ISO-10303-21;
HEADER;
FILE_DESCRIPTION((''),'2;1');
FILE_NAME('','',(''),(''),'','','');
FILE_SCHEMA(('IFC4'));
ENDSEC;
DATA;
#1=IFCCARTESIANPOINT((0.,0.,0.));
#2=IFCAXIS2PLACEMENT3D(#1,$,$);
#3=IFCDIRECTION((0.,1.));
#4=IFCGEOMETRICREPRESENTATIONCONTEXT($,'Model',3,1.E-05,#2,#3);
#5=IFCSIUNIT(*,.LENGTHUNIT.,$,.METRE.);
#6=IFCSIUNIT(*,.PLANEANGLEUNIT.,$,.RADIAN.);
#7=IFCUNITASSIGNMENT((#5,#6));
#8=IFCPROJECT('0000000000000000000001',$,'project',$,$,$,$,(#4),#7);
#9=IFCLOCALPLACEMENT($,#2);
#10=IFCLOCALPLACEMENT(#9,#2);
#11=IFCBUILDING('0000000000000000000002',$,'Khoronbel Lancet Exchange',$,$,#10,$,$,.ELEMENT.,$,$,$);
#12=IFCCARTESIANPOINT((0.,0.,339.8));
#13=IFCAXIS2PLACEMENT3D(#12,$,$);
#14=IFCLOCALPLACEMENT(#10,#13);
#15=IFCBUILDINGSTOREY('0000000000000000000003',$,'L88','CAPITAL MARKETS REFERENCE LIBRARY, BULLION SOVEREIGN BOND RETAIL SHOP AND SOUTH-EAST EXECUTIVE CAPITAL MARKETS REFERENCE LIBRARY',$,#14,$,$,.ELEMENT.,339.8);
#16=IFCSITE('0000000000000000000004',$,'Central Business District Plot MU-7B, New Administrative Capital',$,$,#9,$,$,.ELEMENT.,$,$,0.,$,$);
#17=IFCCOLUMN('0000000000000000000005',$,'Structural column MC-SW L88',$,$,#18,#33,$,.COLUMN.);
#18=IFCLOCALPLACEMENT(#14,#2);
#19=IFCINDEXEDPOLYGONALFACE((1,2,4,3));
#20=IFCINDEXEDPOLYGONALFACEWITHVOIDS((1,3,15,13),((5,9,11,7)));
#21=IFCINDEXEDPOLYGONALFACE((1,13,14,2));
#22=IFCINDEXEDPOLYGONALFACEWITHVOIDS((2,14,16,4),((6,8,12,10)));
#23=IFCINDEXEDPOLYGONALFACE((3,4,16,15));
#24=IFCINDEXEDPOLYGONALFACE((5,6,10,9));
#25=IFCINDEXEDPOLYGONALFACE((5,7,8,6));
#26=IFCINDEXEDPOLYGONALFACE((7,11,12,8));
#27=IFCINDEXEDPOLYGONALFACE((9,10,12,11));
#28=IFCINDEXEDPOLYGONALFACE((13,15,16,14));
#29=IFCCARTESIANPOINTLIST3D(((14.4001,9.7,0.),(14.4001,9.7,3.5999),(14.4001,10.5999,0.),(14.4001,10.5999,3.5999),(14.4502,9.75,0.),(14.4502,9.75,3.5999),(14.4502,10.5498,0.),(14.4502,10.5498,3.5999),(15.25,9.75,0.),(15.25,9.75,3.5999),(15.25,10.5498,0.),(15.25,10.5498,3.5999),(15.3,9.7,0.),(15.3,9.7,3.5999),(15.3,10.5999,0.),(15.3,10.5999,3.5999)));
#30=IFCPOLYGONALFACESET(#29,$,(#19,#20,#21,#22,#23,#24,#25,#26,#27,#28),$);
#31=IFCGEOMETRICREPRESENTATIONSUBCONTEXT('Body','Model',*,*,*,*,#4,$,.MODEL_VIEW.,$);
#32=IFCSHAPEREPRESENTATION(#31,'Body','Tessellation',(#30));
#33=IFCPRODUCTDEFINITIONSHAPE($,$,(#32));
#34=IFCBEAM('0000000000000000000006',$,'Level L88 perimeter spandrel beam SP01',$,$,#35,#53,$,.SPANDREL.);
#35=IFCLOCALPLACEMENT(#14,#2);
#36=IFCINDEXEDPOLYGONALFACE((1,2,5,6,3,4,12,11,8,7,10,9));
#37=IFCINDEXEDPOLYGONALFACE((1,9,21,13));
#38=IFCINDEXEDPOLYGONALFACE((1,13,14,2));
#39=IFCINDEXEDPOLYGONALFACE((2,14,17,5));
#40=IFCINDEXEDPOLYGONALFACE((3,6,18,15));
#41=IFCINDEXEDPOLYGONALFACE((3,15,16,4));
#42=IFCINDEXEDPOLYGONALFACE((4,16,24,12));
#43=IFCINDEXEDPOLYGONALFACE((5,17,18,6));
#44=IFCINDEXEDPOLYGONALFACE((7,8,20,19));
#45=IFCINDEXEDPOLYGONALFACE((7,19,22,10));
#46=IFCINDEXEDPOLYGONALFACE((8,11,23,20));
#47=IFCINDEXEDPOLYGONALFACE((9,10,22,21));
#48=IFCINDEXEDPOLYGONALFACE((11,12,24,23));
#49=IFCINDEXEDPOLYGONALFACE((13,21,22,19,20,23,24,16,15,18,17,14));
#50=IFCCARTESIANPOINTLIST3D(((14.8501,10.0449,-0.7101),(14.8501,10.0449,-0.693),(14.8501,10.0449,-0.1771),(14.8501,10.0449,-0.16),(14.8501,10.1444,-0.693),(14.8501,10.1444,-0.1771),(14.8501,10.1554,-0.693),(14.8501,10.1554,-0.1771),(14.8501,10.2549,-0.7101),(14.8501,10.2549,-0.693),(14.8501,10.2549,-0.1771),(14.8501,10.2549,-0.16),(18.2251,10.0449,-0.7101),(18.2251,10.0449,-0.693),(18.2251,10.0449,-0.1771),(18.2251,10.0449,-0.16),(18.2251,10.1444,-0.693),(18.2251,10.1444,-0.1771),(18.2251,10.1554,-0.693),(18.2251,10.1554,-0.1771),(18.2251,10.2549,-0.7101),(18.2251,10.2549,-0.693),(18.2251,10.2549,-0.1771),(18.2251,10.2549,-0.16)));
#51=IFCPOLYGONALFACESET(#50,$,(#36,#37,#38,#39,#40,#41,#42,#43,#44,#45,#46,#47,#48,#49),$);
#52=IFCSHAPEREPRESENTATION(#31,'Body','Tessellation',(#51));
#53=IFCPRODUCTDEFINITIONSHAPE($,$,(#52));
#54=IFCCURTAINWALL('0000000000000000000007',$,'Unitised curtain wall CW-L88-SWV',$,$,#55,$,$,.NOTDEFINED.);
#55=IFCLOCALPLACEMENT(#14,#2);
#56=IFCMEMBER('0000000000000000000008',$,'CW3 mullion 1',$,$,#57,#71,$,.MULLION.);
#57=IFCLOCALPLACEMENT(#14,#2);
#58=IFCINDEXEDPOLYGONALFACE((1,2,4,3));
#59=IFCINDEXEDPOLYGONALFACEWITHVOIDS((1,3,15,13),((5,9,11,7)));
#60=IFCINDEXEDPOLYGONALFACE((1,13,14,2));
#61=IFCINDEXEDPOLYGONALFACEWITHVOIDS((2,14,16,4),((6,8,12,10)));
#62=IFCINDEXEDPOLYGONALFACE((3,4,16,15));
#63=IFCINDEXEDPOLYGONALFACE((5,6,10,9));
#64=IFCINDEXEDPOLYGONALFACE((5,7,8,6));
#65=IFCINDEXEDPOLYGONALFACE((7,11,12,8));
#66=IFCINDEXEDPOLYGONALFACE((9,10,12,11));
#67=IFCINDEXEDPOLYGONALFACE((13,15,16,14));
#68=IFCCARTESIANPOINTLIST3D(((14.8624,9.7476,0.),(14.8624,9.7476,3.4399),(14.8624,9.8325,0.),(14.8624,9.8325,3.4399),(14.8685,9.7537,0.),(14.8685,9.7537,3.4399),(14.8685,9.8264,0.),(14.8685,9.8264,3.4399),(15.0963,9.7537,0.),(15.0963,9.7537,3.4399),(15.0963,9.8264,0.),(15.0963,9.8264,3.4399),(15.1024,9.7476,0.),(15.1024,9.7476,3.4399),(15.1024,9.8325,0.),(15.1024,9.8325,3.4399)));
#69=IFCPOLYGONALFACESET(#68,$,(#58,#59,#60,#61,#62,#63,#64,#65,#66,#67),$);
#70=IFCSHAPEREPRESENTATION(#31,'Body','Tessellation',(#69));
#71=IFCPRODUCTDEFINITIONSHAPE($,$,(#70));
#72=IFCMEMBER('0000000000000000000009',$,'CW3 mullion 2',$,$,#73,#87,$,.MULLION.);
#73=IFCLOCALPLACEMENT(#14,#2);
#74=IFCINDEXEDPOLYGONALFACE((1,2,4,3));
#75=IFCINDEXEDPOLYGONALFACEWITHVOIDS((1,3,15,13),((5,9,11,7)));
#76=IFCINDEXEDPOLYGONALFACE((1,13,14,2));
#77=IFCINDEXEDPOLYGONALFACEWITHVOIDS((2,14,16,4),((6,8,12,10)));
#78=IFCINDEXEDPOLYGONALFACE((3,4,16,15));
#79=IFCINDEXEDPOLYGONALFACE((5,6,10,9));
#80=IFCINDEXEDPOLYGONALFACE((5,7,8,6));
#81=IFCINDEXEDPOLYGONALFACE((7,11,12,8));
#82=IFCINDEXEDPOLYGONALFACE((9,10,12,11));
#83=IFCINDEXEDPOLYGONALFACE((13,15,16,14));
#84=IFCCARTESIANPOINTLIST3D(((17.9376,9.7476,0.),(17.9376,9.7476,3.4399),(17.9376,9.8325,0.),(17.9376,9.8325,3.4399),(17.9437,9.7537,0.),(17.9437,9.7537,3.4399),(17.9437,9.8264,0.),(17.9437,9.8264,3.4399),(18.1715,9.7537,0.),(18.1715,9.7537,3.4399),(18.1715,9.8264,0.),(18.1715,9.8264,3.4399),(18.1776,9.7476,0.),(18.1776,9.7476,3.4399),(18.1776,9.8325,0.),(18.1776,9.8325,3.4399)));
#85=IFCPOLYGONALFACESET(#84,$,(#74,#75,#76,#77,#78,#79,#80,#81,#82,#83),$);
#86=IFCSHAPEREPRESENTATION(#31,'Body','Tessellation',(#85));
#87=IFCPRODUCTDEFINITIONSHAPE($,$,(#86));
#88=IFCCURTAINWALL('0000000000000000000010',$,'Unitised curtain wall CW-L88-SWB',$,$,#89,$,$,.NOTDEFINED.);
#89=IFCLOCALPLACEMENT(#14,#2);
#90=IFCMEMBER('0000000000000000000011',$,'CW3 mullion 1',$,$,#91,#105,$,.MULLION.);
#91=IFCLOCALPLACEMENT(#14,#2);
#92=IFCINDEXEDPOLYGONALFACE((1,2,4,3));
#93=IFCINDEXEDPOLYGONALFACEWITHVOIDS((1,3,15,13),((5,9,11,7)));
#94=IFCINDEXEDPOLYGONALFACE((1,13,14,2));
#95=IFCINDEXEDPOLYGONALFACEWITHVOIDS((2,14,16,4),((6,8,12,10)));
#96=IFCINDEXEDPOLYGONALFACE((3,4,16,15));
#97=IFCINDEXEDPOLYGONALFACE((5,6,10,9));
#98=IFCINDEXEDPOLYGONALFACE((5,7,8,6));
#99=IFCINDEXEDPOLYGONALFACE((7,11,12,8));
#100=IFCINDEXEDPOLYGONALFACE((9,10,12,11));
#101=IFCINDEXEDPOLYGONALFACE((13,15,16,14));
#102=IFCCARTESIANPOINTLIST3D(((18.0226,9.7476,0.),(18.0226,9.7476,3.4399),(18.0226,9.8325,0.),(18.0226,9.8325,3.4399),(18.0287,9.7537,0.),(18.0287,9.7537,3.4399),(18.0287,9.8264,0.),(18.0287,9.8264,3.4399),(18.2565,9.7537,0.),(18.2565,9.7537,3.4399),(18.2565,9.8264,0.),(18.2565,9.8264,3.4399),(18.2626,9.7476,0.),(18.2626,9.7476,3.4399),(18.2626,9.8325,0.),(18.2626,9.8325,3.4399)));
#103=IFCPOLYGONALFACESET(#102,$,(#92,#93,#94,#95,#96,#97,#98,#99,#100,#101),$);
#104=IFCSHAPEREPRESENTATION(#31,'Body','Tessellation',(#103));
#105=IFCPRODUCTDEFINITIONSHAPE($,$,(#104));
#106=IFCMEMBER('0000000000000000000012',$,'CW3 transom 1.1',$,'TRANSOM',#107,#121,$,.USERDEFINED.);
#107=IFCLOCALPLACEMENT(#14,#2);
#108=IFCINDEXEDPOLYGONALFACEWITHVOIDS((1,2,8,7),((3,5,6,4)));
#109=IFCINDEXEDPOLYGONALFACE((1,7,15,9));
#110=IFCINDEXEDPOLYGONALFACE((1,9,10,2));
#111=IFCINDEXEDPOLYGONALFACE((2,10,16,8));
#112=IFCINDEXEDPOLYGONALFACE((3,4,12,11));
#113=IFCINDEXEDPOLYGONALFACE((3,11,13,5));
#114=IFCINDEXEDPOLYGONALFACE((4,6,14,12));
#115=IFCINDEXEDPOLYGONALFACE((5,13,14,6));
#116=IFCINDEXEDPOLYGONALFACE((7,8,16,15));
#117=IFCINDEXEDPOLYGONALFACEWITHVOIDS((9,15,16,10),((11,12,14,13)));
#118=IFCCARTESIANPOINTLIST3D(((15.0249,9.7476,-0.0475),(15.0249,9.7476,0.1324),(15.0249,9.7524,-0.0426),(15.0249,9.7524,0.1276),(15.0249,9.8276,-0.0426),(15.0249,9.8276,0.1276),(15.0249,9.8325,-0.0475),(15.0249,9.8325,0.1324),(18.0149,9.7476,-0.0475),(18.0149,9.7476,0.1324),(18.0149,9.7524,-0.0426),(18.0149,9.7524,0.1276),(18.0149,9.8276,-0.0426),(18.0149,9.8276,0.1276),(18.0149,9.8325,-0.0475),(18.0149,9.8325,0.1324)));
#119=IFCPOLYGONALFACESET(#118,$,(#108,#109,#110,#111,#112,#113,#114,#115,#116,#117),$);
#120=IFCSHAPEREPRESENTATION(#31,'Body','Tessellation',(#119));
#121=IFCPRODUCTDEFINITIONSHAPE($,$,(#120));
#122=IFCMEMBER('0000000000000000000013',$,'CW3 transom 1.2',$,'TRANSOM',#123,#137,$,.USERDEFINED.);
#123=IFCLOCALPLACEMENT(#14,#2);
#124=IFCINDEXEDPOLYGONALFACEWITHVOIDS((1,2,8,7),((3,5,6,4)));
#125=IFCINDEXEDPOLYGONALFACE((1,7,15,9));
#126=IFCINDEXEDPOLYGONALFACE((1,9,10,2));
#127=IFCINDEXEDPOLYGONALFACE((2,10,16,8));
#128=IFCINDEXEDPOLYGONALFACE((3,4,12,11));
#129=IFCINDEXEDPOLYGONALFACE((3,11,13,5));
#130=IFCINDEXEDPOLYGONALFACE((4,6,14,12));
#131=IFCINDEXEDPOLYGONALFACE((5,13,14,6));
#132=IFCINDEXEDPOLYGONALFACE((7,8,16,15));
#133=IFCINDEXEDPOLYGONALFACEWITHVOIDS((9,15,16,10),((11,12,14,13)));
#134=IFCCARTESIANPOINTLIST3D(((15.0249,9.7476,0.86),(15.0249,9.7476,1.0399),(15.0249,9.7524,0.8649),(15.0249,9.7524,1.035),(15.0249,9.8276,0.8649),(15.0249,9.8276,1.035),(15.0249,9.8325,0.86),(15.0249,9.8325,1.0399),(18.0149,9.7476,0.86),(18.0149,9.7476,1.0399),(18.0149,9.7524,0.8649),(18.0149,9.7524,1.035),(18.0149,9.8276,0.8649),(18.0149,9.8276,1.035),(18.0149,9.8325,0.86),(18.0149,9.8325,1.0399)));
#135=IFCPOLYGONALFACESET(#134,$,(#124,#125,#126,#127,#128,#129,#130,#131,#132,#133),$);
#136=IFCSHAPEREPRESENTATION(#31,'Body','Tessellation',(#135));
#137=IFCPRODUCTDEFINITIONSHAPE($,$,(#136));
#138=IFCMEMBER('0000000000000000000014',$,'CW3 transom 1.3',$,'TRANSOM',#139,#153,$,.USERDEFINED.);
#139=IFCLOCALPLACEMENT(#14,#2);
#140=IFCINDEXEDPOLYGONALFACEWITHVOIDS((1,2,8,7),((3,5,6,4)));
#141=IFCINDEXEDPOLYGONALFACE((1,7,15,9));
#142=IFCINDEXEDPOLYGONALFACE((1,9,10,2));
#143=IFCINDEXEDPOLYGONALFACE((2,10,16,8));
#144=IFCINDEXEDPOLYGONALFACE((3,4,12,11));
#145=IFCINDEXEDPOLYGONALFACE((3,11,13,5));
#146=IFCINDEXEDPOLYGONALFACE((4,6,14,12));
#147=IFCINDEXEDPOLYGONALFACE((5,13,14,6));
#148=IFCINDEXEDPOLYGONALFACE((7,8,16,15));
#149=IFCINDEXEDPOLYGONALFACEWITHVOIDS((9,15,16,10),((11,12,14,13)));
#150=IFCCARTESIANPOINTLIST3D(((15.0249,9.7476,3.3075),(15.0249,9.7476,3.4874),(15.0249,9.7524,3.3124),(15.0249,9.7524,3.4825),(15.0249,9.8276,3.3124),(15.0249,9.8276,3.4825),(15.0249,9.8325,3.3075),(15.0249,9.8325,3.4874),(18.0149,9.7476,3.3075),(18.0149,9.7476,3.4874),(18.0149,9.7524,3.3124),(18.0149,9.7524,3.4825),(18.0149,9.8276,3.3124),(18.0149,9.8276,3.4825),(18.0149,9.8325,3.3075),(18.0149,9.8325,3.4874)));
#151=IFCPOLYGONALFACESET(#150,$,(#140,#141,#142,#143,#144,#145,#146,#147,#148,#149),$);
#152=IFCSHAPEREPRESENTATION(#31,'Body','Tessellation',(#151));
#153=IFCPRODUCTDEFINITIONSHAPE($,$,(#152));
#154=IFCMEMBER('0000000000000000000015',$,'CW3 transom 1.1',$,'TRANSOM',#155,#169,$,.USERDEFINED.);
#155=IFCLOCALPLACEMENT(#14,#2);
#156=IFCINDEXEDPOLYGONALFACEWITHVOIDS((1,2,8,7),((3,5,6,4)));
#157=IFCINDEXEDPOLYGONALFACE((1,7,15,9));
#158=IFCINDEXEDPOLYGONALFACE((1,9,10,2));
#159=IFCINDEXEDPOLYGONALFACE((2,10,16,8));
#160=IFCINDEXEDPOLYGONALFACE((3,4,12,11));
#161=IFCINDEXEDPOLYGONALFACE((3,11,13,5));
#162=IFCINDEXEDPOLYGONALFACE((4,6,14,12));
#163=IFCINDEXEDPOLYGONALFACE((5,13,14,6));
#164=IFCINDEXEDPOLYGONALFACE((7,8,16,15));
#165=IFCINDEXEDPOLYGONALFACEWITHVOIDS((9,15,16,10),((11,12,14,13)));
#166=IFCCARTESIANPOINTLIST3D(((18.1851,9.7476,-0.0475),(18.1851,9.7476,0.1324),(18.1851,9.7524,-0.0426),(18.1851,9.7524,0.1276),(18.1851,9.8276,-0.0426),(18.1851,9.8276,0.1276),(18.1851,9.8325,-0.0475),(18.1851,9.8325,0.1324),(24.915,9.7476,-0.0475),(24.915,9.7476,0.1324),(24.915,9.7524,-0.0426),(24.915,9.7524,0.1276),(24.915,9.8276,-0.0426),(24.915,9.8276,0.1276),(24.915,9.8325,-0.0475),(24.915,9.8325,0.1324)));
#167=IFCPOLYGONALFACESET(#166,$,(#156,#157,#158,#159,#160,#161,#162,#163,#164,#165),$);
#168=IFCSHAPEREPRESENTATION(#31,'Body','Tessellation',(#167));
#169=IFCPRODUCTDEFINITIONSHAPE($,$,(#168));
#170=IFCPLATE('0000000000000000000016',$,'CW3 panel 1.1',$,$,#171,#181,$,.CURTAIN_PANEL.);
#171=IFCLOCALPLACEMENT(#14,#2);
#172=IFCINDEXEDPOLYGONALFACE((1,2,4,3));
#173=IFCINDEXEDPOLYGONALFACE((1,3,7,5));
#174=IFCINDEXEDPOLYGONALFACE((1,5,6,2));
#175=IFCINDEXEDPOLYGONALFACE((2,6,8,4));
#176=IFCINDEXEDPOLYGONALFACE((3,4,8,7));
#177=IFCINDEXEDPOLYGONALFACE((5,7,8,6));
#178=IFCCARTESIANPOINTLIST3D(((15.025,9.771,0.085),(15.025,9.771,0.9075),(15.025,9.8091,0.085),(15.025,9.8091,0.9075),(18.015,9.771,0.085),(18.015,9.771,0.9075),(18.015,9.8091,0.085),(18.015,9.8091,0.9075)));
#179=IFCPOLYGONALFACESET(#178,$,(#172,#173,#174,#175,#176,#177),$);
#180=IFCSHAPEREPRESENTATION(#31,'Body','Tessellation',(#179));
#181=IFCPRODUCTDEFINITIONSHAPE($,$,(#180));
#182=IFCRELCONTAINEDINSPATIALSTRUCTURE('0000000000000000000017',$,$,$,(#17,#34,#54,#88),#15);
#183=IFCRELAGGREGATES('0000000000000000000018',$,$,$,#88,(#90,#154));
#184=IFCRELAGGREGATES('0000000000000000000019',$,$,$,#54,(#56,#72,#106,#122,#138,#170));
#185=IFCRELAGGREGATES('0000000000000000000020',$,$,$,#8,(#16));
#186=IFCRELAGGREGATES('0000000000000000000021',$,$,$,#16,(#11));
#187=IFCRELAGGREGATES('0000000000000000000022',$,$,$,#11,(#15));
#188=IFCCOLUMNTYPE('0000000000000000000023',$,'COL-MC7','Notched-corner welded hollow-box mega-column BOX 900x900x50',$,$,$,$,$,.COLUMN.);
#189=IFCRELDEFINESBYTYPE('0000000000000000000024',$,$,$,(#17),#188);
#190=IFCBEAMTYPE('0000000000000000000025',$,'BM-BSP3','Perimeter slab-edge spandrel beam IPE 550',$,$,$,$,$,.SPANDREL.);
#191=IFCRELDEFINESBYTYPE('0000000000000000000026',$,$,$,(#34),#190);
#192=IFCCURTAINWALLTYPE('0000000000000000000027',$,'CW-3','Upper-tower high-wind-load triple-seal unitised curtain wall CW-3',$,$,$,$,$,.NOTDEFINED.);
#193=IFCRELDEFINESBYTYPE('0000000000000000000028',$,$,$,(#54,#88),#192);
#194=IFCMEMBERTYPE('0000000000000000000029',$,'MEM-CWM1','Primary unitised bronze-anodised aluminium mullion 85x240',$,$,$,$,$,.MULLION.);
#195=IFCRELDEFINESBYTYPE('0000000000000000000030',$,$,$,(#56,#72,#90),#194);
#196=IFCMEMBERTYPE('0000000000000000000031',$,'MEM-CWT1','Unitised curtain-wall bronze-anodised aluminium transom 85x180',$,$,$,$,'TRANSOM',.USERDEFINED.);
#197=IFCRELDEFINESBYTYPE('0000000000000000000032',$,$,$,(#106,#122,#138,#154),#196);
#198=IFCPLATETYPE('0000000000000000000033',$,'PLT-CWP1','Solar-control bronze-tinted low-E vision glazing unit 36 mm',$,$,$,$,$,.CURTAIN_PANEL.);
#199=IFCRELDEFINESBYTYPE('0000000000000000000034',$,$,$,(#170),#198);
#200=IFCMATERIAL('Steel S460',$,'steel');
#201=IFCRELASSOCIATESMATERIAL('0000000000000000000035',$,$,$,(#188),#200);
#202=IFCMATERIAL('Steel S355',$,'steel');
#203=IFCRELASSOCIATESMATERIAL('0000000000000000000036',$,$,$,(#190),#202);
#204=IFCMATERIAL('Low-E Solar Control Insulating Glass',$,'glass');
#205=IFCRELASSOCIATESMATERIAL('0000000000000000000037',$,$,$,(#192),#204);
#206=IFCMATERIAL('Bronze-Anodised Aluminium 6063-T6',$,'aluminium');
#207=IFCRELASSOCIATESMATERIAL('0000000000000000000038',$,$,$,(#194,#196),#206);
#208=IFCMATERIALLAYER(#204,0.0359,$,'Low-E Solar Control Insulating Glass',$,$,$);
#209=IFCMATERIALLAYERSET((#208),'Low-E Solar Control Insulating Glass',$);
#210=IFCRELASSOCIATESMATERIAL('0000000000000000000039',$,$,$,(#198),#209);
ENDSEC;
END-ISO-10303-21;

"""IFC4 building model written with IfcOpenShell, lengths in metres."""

from ifc_helpers import new_model, si_unit, direction, frame, origin, origin_2d, place, context, subcontext, project, spatial, rectangle, hollow_rectangle, i_section, extrude, material, layer, layer_set, material_profile, profile_set, type_object, element, aggregate, save


model = new_model("IFC4")

# Units and contexts
model_context = context("Model", 3, precision=1e-05, world=origin(), true_north=direction((0.0, 1.0)))
body_context = subcontext(model_context, "Body", "Model", "MODEL_VIEW")
ifc_project = project(units=[si_unit("LENGTHUNIT", "METRE"), si_unit("PLANEANGLEUNIT", "RADIAN")], contexts=[model_context])

# Site, building, storey
site_placement = place(None, origin())
site = spatial("IfcSite", under=ifc_project, at=site_placement, Name="Central Business District Plot MU-7B, New Administrative Capital", CompositionType="ELEMENT", RefElevation=0.0)
building_placement = place(site_placement, origin())
building = spatial("IfcBuilding", under=site, at=building_placement, Name="Khoronbel Lancet Exchange", CompositionType="ELEMENT")
storey_placement = place(building_placement, frame((0.0, 0.0, 339.8)))
storey = spatial("IfcBuildingStorey", under=building, at=storey_placement, Name="L88", Description="CAPITAL MARKETS REFERENCE LIBRARY, BULLION SOVEREIGN BOND RETAIL SHOP AND SOUTH-EAST EXECUTIVE CAPITAL MARKETS REFERENCE LIBRARY", CompositionType="ELEMENT", Elevation=339.8)

# Column
ifc_material_1 = material(Name="Steel S460", Category="steel")
ifc_material_profile_1 = material_profile(ifc_material_1, hollow_rectangle(XDim=0.8999, YDim=0.8999, WallThickness=0.05, at=origin_2d()), Name="BOX 900x900x50")
ifc_profile_set_1 = profile_set([ifc_material_profile_1], Name="Steel S460")
column_type = type_object("IfcColumnType", Name="COL-MC7", Description="Notched-corner welded hollow-box mega-column BOX 900x900x50", PredefinedType="COLUMN", material=ifc_profile_set_1)
column_placement = place(storey_placement, frame((14.8501, 10.1499, 0.0), z_axis=(0.0, 0.0, 1.0), x_axis=(1.0, 0.0, 0.0)))
element("IfcColumn", 1, at=column_placement, inside=storey, type_object=column_type, Name="Structural column MC-SW L88", PredefinedType="COLUMN", context=body_context, shape_type="SweptSolid", body=[
    extrude(hollow_rectangle(XDim=0.8999, YDim=0.8999, WallThickness=0.05, at=origin_2d()), origin(), (0.0, 0.0, 1.0), 3.5999),
])

# Beam
ifc_material_2 = material(Name="Steel S355", Category="steel")
ifc_material_profile_2 = material_profile(ifc_material_2, i_section(OverallWidth=0.21, OverallDepth=0.55, WebThickness=0.011, FlangeThickness=0.0171, at=origin_2d()), Name="IPE 550")
ifc_profile_set_2 = profile_set([ifc_material_profile_2], Name="Steel S355")
beam_type = type_object("IfcBeamType", Name="BM-BSP3", Description="Perimeter slab-edge spandrel beam IPE 550", PredefinedType="SPANDREL", material=ifc_profile_set_2)
beam_placement = place(storey_placement, frame((14.8501, 10.1499, -0.4351), z_axis=(1.0, 0.0, 0.0), x_axis=(0.0, 1.0, 0.0)))
element("IfcBeam", 2, at=beam_placement, inside=storey, type_object=beam_type, Name="Level L88 perimeter spandrel beam SP01", PredefinedType="SPANDREL", context=body_context, shape_type="SweptSolid", body=[
    extrude(i_section(OverallWidth=0.21, OverallDepth=0.55, WebThickness=0.011, FlangeThickness=0.0171, at=origin_2d()), origin(), (0.0, 0.0, 1.0), 3.375),
])

# Curtain wall, members
ifc_material_3 = material(Name="Low-E Solar Control Insulating Glass", Category="glass")
curtain_wall_type = type_object("IfcCurtainWallType", Name="CW-3", Description="Upper-tower high-wind-load triple-seal unitised curtain wall CW-3", PredefinedType="NOTDEFINED", material=ifc_material_3)
curtain_wall_1_placement = place(storey_placement, origin())
curtain_wall_1 = element("IfcCurtainWall", 3, at=curtain_wall_1_placement, inside=storey, type_object=curtain_wall_type, Name="Unitised curtain wall CW-L88-SWV", PredefinedType="NOTDEFINED")
ifc_material_4 = material(Name="Bronze-Anodised Aluminium 6063-T6", Category="aluminium")
ifc_material_profile_3 = material_profile(ifc_material_4, hollow_rectangle(XDim=0.085, YDim=0.24, WallThickness=0.0061, at=origin_2d()), Name="ALU MULLION 85x240")
ifc_profile_set_3 = profile_set([ifc_material_profile_3], Name="Bronze-Anodised Aluminium 6063-T6")
member_type_1 = type_object("IfcMemberType", Name="MEM-CWM1", Description="Primary unitised bronze-anodised aluminium mullion 85x240", PredefinedType="MULLION", material=ifc_profile_set_3)
member_1_placement = place(storey_placement, frame((14.9824, 9.79, 0.0), z_axis=(0.0, 0.0, 1.0), x_axis=(0.0, 1.0, 0.0)))
member_1 = element("IfcMember", 4, at=member_1_placement, type_object=member_type_1, Name="CW3 mullion 1", PredefinedType="MULLION", context=body_context, shape_type="SweptSolid", body=[
    extrude(hollow_rectangle(XDim=0.085, YDim=0.24, WallThickness=0.0061, at=origin_2d()), origin(), (0.0, 0.0, 1.0), 3.4399),
])
member_2_placement = place(storey_placement, frame((18.0576, 9.79, 0.0), z_axis=(0.0, 0.0, 1.0), x_axis=(0.0, 1.0, 0.0)))
member_2 = element("IfcMember", 5, at=member_2_placement, type_object=member_type_1, Name="CW3 mullion 2", PredefinedType="MULLION", context=body_context, shape_type="SweptSolid", body=[
    extrude(hollow_rectangle(XDim=0.085, YDim=0.24, WallThickness=0.0061, at=origin_2d()), origin(), (0.0, 0.0, 1.0), 3.4399),
])

# Curtain wall, member
curtain_wall_2_placement = place(storey_placement, origin())
curtain_wall_2 = element("IfcCurtainWall", 6, at=curtain_wall_2_placement, inside=storey, type_object=curtain_wall_type, Name="Unitised curtain wall CW-L88-SWB", PredefinedType="NOTDEFINED")
member_3_placement = place(storey_placement, frame((18.1426, 9.79, 0.0), z_axis=(0.0, 0.0, 1.0), x_axis=(0.0, 1.0, 0.0)))
member_3 = element("IfcMember", 7, at=member_3_placement, type_object=member_type_1, Name="CW3 mullion 1", PredefinedType="MULLION", context=body_context, shape_type="SweptSolid", body=[
    extrude(hollow_rectangle(XDim=0.085, YDim=0.24, WallThickness=0.0061, at=origin_2d()), origin(), (0.0, 0.0, 1.0), 3.4399),
])

# Members
ifc_material_profile_4 = material_profile(ifc_material_4, hollow_rectangle(XDim=0.085, YDim=0.1799, WallThickness=0.0049, at=origin_2d()), Name="ALU TRANSOM 85x180")
ifc_profile_set_4 = profile_set([ifc_material_profile_4], Name="Bronze-Anodised Aluminium 6063-T6")
member_type_2 = type_object("IfcMemberType", Name="MEM-CWT1", Description="Unitised curtain-wall bronze-anodised aluminium transom 85x180", ElementType="TRANSOM", PredefinedType="USERDEFINED", material=ifc_profile_set_4)
member_4_placement = place(storey_placement, frame((15.0249, 9.79, 0.0425), z_axis=(1.0, 0.0, 0.0), x_axis=(0.0, 1.0, 0.0)))
member_4 = element("IfcMember", 8, at=member_4_placement, type_object=member_type_2, Name="CW3 transom 1.1", ObjectType="TRANSOM", PredefinedType="USERDEFINED", context=body_context, shape_type="SweptSolid", body=[
    extrude(hollow_rectangle(XDim=0.085, YDim=0.1799, WallThickness=0.0049, at=origin_2d()), origin(), (0.0, 0.0, 1.0), 2.99),
])
member_5_placement = place(storey_placement, frame((15.0249, 9.79, 0.95), z_axis=(1.0, 0.0, 0.0), x_axis=(0.0, 1.0, 0.0)))
member_5 = element("IfcMember", 9, at=member_5_placement, type_object=member_type_2, Name="CW3 transom 1.2", ObjectType="TRANSOM", PredefinedType="USERDEFINED", context=body_context, shape_type="SweptSolid", body=[
    extrude(hollow_rectangle(XDim=0.085, YDim=0.1799, WallThickness=0.0049, at=origin_2d()), origin(), (0.0, 0.0, 1.0), 2.99),
])
member_6_placement = place(storey_placement, frame((15.0249, 9.79, 3.3975), z_axis=(1.0, 0.0, 0.0), x_axis=(0.0, 1.0, 0.0)))
member_6 = element("IfcMember", 10, at=member_6_placement, type_object=member_type_2, Name="CW3 transom 1.3", ObjectType="TRANSOM", PredefinedType="USERDEFINED", context=body_context, shape_type="SweptSolid", body=[
    extrude(hollow_rectangle(XDim=0.085, YDim=0.1799, WallThickness=0.0049, at=origin_2d()), origin(), (0.0, 0.0, 1.0), 2.99),
])
member_7_placement = place(storey_placement, frame((18.1851, 9.79, 0.0425), z_axis=(1.0, 0.0, 0.0), x_axis=(0.0, 1.0, 0.0)))
member_7 = element("IfcMember", 11, at=member_7_placement, type_object=member_type_2, Name="CW3 transom 1.1", ObjectType="TRANSOM", PredefinedType="USERDEFINED", context=body_context, shape_type="SweptSolid", body=[
    extrude(hollow_rectangle(XDim=0.085, YDim=0.1799, WallThickness=0.0049, at=origin_2d()), origin(), (0.0, 0.0, 1.0), 6.73),
])
aggregate(curtain_wall_2, [member_3, member_7])

# Plate
ifc_layer_1 = layer(ifc_material_3, 0.0359, Name="Low-E Solar Control Insulating Glass")
ifc_layer_set_1 = layer_set([ifc_layer_1], Name="Low-E Solar Control Insulating Glass")
plate_type = type_object("IfcPlateType", Name="PLT-CWP1", Description="Solar-control bronze-tinted low-E vision glazing unit 36 mm", PredefinedType="CURTAIN_PANEL", material=ifc_layer_set_1)
plate_1_placement = place(storey_placement, frame((16.52, 9.79, 0.085), z_axis=(0.0, 0.0, 1.0), x_axis=(1.0, 0.0, 0.0)))
plate_1 = element("IfcPlate", 12, at=plate_1_placement, type_object=plate_type, Name="CW3 panel 1.1", PredefinedType="CURTAIN_PANEL", context=body_context, shape_type="SweptSolid", body=[
    extrude(rectangle(XDim=2.99, YDim=0.0381, at=origin_2d()), origin(), (0.0, 0.0, 1.0), 0.8225),
])
aggregate(curtain_wall_1, [member_1, member_2, member_4, member_5, member_6, plate_1])

save(model, "model.ifc")
